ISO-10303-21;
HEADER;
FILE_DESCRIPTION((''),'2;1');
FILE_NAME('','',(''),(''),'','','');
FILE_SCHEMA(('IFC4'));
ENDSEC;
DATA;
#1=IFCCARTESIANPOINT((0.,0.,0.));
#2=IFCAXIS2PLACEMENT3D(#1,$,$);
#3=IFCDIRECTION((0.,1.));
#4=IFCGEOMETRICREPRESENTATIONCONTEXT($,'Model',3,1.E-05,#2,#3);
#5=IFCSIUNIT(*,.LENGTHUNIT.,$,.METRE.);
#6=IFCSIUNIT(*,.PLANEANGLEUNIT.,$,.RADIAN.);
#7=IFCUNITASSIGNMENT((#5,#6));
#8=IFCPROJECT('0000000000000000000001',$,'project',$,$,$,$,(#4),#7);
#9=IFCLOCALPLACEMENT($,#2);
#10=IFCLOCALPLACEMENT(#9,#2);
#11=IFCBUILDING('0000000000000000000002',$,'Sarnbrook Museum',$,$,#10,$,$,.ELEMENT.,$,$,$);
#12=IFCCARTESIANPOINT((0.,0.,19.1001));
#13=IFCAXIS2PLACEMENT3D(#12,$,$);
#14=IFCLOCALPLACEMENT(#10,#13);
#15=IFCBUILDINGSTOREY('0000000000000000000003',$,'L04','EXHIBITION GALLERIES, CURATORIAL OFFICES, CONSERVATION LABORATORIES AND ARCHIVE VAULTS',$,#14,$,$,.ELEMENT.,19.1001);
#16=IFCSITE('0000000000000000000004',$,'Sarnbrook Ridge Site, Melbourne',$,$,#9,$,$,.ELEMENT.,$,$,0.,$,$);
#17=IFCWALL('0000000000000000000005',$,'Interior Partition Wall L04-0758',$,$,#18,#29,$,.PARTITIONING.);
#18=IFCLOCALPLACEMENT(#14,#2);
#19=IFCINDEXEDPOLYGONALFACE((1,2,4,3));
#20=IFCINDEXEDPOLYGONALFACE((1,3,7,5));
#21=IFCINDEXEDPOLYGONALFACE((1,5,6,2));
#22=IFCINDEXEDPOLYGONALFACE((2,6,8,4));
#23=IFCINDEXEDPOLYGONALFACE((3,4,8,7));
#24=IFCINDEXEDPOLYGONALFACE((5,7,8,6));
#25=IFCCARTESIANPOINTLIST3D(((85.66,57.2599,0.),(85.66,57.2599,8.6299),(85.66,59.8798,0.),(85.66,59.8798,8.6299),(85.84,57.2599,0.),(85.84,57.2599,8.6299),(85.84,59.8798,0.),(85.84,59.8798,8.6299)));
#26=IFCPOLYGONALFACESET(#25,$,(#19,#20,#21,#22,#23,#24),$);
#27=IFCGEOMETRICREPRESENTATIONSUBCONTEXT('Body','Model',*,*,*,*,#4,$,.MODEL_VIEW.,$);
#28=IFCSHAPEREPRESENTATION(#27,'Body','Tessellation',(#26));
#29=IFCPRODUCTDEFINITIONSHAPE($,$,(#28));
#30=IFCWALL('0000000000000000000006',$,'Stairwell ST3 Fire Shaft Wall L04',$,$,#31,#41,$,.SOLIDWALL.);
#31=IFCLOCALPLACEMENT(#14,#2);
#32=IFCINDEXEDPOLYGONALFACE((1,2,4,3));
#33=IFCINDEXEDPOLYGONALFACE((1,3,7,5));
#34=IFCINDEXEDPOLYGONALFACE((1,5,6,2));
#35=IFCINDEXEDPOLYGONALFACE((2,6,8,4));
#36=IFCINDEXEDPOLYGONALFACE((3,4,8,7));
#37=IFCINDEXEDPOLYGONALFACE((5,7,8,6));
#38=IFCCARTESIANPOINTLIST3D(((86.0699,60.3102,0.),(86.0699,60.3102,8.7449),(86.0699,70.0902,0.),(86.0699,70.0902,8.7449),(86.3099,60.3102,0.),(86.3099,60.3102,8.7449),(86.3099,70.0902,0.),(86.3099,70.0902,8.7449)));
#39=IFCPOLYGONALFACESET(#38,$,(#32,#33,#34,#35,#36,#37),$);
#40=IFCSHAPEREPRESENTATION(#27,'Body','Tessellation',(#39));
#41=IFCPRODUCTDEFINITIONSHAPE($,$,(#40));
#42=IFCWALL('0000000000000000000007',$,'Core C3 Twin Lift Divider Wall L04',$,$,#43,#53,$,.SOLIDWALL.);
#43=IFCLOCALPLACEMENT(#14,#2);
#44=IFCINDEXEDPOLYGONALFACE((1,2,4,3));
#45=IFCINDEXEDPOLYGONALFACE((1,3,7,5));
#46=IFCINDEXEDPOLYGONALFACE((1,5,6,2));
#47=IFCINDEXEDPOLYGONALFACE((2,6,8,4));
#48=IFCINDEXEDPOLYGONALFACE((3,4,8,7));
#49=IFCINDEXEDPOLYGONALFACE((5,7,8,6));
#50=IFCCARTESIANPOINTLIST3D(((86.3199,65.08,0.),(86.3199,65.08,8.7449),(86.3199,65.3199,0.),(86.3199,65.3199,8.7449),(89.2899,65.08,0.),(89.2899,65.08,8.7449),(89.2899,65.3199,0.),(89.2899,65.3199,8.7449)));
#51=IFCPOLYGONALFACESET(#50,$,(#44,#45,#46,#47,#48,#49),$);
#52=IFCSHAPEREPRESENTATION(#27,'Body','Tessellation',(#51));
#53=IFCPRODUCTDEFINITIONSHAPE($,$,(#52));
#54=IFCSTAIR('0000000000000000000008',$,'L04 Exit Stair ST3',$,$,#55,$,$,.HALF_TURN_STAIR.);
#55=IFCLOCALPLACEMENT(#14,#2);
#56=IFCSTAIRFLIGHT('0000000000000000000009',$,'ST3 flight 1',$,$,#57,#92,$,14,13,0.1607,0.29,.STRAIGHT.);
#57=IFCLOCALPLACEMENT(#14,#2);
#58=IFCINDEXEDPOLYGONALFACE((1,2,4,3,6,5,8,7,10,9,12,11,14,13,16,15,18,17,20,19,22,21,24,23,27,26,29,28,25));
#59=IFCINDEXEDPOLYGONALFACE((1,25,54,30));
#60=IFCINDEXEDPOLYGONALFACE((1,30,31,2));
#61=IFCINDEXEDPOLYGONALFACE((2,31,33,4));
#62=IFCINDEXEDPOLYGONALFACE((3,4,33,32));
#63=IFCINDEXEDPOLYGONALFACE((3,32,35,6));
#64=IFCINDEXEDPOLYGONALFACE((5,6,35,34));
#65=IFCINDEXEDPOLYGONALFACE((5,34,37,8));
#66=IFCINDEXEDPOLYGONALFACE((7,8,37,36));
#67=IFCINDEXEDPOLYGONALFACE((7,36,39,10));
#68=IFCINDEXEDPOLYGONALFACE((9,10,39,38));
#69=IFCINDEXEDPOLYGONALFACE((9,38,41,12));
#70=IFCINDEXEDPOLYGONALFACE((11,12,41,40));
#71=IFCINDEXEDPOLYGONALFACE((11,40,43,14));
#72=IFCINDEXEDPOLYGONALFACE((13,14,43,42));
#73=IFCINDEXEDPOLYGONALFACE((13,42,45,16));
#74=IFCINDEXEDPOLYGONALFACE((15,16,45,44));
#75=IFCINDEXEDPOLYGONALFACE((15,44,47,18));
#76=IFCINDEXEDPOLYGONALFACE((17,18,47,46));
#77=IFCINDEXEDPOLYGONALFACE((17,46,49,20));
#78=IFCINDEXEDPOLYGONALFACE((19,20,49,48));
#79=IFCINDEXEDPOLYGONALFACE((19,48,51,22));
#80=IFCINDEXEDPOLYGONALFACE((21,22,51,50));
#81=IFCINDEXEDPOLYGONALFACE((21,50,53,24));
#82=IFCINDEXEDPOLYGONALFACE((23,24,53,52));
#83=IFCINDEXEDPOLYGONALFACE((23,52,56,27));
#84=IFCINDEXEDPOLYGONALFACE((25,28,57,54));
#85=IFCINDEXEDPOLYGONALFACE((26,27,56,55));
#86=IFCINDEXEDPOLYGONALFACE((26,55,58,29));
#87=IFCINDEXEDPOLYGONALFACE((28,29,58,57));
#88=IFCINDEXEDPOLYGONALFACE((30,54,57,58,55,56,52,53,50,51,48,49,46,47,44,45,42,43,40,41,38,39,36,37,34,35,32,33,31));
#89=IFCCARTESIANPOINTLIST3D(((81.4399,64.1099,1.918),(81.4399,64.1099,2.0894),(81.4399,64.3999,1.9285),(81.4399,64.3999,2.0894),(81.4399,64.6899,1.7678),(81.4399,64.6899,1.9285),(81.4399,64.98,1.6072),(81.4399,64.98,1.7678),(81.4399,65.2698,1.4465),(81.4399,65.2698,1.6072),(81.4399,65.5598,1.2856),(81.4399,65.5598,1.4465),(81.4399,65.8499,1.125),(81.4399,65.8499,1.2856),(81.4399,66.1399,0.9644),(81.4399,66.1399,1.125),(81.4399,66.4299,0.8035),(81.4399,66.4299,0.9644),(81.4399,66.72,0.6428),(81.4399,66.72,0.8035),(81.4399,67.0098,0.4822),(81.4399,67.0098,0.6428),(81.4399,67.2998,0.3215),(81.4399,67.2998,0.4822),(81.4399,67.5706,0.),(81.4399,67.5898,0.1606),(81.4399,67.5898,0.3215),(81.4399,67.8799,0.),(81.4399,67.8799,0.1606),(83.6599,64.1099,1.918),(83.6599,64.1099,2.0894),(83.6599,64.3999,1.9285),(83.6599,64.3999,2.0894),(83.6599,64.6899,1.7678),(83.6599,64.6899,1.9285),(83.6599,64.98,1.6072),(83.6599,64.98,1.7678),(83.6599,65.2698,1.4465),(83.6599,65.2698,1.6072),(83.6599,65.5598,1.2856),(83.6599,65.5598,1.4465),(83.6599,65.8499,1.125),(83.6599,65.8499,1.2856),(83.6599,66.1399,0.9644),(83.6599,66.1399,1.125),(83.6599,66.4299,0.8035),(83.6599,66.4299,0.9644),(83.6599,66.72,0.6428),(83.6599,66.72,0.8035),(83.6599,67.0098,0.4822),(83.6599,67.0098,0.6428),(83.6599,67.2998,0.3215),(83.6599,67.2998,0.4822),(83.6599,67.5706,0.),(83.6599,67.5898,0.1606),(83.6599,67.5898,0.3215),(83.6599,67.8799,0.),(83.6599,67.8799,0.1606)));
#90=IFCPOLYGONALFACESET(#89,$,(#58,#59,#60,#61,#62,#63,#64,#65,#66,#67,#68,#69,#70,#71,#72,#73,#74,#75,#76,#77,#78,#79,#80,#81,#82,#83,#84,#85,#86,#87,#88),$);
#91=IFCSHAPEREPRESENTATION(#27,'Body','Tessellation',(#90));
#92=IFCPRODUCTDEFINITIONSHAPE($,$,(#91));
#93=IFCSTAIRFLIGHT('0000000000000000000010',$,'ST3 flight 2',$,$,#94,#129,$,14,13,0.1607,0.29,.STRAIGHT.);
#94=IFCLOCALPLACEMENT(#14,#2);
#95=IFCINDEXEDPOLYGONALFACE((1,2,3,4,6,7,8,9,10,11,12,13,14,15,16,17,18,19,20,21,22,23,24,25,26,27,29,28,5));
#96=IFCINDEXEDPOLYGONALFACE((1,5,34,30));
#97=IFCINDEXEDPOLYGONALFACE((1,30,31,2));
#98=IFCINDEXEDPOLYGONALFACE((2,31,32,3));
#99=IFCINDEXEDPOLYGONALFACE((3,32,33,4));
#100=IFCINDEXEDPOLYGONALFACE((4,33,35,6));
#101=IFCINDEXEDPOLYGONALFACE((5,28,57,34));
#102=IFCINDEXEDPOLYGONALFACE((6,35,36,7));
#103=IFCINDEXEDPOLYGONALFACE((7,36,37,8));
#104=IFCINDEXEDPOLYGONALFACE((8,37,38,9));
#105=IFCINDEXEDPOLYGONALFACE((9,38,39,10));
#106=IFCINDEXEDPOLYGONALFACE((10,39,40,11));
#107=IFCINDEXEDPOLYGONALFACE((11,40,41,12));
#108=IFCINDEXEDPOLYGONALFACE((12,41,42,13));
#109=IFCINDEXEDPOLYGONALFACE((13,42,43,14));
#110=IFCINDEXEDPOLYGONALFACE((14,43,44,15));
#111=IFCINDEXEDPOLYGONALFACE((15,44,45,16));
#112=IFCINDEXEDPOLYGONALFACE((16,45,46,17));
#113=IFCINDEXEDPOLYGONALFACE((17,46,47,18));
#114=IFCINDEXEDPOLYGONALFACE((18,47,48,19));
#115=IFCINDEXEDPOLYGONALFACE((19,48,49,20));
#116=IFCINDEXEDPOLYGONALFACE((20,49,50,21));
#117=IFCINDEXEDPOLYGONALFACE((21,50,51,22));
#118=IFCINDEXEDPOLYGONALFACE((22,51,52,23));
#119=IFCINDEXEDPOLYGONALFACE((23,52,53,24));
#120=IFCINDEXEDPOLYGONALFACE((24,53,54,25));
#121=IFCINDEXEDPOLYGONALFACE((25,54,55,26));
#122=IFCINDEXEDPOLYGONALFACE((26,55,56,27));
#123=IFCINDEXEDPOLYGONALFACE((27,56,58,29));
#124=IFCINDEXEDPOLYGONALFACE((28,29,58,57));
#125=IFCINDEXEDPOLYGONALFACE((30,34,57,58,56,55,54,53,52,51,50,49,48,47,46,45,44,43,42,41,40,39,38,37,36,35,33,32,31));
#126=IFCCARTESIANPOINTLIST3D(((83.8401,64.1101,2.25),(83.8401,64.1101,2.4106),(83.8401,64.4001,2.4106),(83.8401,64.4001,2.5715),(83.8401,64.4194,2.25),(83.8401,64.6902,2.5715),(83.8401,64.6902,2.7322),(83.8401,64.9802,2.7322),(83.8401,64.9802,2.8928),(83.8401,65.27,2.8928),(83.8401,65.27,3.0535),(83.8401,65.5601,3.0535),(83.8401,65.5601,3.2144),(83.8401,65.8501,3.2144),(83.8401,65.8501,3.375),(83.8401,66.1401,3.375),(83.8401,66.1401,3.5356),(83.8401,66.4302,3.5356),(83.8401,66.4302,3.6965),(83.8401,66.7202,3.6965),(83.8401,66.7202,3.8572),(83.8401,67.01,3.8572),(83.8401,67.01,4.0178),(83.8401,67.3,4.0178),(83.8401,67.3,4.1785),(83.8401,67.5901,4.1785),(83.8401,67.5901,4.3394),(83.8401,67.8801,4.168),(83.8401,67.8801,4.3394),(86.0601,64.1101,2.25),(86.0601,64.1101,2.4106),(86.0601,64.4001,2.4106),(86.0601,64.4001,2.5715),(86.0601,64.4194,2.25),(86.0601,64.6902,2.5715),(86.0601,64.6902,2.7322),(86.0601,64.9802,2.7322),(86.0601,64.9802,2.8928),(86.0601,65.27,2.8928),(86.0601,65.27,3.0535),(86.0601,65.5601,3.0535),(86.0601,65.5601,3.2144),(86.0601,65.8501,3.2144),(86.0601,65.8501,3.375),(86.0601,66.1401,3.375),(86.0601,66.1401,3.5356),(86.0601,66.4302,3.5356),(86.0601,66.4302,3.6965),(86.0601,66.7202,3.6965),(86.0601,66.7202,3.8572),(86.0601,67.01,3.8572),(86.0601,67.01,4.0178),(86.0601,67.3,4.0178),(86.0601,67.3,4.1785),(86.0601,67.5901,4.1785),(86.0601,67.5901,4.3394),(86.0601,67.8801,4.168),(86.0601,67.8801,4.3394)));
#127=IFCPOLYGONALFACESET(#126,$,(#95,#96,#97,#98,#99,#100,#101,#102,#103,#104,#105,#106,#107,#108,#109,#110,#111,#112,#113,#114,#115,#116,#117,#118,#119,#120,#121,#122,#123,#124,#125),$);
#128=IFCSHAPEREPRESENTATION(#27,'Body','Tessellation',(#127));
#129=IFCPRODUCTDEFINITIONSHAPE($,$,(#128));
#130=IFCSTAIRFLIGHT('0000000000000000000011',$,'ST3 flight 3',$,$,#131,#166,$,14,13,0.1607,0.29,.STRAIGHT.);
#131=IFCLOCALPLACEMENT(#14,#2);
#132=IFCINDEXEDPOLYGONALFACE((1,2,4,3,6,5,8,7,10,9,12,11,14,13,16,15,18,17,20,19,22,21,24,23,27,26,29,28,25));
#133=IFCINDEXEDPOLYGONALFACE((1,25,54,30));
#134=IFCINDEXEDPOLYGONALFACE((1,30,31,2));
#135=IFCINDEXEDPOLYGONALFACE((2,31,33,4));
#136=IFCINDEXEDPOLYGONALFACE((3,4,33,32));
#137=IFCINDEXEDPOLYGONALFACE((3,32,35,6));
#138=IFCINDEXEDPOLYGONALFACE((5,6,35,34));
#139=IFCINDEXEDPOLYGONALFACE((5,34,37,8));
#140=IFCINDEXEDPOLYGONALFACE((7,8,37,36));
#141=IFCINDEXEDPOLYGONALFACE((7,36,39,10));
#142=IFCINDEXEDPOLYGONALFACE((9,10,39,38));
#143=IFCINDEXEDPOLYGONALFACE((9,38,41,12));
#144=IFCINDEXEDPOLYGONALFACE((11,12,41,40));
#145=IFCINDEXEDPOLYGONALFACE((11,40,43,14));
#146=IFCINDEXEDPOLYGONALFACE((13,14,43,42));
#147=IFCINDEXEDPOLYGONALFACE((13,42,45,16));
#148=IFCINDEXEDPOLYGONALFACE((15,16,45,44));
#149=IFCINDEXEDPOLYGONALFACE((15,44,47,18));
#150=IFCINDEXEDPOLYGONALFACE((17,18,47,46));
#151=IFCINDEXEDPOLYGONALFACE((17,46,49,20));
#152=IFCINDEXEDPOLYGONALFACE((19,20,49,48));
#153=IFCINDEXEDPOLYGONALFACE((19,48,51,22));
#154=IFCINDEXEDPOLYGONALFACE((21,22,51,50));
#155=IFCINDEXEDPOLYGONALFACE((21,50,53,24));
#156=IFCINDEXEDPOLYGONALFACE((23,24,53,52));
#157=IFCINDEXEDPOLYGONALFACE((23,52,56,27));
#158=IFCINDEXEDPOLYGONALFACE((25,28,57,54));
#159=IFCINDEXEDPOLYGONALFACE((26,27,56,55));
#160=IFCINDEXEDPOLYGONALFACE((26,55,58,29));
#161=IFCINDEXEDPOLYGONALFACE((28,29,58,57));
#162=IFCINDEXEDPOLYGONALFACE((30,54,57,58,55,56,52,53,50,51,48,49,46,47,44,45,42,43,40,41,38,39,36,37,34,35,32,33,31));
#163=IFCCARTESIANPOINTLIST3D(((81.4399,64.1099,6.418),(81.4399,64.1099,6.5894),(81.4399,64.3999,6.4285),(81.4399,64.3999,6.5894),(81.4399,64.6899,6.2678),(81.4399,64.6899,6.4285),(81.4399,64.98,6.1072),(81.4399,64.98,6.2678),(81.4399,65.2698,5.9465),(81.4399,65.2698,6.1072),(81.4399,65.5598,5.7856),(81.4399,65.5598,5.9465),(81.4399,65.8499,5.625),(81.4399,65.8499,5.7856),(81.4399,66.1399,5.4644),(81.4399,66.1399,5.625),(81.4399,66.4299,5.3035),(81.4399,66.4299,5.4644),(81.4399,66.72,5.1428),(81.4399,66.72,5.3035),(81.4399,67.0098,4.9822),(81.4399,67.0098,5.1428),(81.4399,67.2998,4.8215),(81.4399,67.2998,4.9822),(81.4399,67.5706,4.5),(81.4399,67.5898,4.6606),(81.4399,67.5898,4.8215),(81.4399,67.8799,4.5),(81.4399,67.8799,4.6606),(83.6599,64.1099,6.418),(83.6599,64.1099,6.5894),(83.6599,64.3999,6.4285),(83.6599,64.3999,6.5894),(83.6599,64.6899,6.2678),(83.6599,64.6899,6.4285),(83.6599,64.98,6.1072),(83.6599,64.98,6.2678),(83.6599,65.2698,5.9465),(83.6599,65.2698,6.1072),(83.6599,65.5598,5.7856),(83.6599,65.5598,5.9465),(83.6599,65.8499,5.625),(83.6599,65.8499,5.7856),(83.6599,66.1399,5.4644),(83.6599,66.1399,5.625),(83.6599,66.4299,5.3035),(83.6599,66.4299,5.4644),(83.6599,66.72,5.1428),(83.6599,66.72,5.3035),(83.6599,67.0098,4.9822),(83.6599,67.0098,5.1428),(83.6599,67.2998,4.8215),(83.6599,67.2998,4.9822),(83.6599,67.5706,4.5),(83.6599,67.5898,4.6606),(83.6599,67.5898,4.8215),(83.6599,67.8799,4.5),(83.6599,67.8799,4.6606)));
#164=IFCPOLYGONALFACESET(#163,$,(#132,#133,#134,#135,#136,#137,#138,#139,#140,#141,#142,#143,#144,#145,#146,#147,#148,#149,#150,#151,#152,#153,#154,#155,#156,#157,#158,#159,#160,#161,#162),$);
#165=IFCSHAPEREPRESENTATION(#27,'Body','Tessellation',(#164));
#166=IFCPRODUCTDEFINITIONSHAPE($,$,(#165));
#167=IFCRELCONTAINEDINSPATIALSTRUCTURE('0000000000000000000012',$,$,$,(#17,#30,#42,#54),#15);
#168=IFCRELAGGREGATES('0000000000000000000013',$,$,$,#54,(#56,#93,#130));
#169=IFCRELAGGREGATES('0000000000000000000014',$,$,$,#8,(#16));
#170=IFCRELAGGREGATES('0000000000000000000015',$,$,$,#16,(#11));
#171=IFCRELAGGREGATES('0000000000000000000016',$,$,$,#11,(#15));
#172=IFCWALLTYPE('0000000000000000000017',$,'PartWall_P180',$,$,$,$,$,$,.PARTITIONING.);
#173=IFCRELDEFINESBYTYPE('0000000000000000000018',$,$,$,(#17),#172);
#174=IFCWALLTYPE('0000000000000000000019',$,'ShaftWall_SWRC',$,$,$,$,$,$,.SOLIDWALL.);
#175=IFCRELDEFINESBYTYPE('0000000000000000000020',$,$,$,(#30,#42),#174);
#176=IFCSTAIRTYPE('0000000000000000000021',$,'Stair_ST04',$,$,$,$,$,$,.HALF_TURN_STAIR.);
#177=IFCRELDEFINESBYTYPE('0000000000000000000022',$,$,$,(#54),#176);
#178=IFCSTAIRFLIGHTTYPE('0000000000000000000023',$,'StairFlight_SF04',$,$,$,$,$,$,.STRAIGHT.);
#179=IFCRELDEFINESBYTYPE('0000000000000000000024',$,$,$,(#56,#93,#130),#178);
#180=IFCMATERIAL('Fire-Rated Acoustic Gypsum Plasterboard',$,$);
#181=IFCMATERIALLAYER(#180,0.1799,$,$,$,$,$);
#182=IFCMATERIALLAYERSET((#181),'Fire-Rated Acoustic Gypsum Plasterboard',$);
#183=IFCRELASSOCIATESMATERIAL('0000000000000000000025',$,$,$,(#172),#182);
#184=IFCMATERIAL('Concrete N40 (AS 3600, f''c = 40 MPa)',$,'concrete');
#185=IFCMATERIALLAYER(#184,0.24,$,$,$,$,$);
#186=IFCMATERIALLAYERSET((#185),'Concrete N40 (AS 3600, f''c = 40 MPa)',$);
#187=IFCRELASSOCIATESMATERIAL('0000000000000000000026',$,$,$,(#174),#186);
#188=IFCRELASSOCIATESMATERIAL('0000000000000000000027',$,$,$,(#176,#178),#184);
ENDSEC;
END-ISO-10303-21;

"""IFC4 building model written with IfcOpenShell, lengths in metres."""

from ifc_helpers import new_model, si_unit, direction, frame, frame_2d, origin, place, context, subcontext, project, spatial, polyline, rectangle, outline, extrude, material, layer, layer_set, type_object, element, aggregate, save


model = new_model("IFC4")

# Units and contexts
model_context = context("Model", 3, precision=1e-05, world=origin(), true_north=direction((0.0, 1.0)))
body_context = subcontext(model_context, "Body", "Model", "MODEL_VIEW")
ifc_project = project(units=[si_unit("LENGTHUNIT", "METRE"), si_unit("PLANEANGLEUNIT", "RADIAN")], contexts=[model_context])

# Site, building, storey
site_placement = place(None, origin())
site = spatial("IfcSite", under=ifc_project, at=site_placement, Name="Sarnbrook Ridge Site, Melbourne", CompositionType="ELEMENT", RefElevation=0.0)
building_placement = place(site_placement, origin())
building = spatial("IfcBuilding", under=site, at=building_placement, Name="Sarnbrook Museum", CompositionType="ELEMENT")
storey_placement = place(building_placement, frame((0.0, 0.0, 19.1001)))
storey = spatial("IfcBuildingStorey", under=building, at=storey_placement, Name="L04", Description="EXHIBITION GALLERIES, CURATORIAL OFFICES, CONSERVATION LABORATORIES AND ARCHIVE VAULTS", CompositionType="ELEMENT", Elevation=19.1001)

# Walls
ifc_material_1 = material(Name="Fire-Rated Acoustic Gypsum Plasterboard")
ifc_layer_1 = layer(ifc_material_1, 0.1799)
ifc_layer_set_1 = layer_set([ifc_layer_1], Name="Fire-Rated Acoustic Gypsum Plasterboard")
wall_type_1 = type_object("IfcWallType", Name="PartWall_P180", PredefinedType="PARTITIONING", material=ifc_layer_set_1)
wall_1_placement = place(storey_placement, frame((85.75, 59.8799, 0.0), z_axis=(0.0, 0.0, 1.0), x_axis=(0.0, -1.0, 0.0)))
element("IfcWall", 1, at=wall_1_placement, inside=storey, type_object=wall_type_1, Name="Interior Partition Wall L04-0758", PredefinedType="PARTITIONING", context=body_context, shape_type="SweptSolid", body=[
    extrude(rectangle(XDim=2.6199, YDim=0.1799, at=frame_2d((1.3101, 0.0))), origin(), (0.0, 0.0, 1.0), 8.6299),
])
ifc_material_2 = material(Name="Concrete N40 (AS 3600, f'c = 40 MPa)", Category="concrete")
ifc_layer_2 = layer(ifc_material_2, 0.24)
ifc_layer_set_2 = layer_set([ifc_layer_2], Name="Concrete N40 (AS 3600, f'c = 40 MPa)")
wall_type_2 = type_object("IfcWallType", Name="ShaftWall_SWRC", PredefinedType="SOLIDWALL", material=ifc_layer_set_2)
wall_2_placement = place(storey_placement, frame((86.1899, 60.3101, 0.0), z_axis=(0.0, 0.0, 1.0), x_axis=(0.0, 1.0, 0.0)))
element("IfcWall", 2, at=wall_2_placement, inside=storey, type_object=wall_type_2, Name="Stairwell ST3 Fire Shaft Wall L04", PredefinedType="SOLIDWALL", context=body_context, shape_type="SweptSolid", body=[
    extrude(rectangle(XDim=9.78, YDim=0.24, at=frame_2d((4.8901, 0.0))), origin(), (0.0, 0.0, 1.0), 8.7449),
])
wall_3_placement = place(storey_placement, frame((86.3201, 65.2, 0.0), z_axis=(0.0, 0.0, 1.0), x_axis=(1.0, 0.0, 0.0)))
element("IfcWall", 3, at=wall_3_placement, inside=storey, type_object=wall_type_2, Name="Core C3 Twin Lift Divider Wall L04", PredefinedType="SOLIDWALL", context=body_context, shape_type="SweptSolid", body=[
    extrude(rectangle(XDim=2.97, YDim=0.24, at=frame_2d((1.4849, 0.0))), origin(), (0.0, 0.0, 1.0), 8.7449),
])

# Stair, stair flights
stair_type = type_object("IfcStairType", Name="Stair_ST04", PredefinedType="HALF_TURN_STAIR", material=ifc_material_2)
stair_placement = place(storey_placement, origin())
stair = element("IfcStair", 4, at=stair_placement, inside=storey, type_object=stair_type, Name="L04 Exit Stair ST3", PredefinedType="HALF_TURN_STAIR")
stair_flight_type = type_object("IfcStairFlightType", Name="StairFlight_SF04", PredefinedType="STRAIGHT", material=ifc_material_2)
stair_flight_1_placement = place(storey_placement, frame((82.55, 67.8799, 0.0), z_axis=(0.0, 0.0, 1.0), x_axis=(0.0, -1.0, 0.0)))
stair_flight_1 = element("IfcStairFlight", 5, at=stair_flight_1_placement, type_object=stair_flight_type, Name="ST3 flight 1", NumberOfRisers=14, NumberOfTreads=13, PredefinedType="STRAIGHT", RiserHeight=0.1607, TreadLength=0.29, context=body_context, shape_type="SweptSolid", body=[
    extrude(outline(polyline([(0.0, 0.0), (0.0, 0.1606), (0.29, 0.1606), (0.29, 0.3215), (0.5801, 0.3215), (0.5801, 0.4822), (0.8701, 0.4822), (0.8701, 0.6428), (1.1599, 0.6428), (1.1599, 0.8035), (1.45, 0.8035), (1.45, 0.9644), (1.74, 0.9644), (1.74, 1.125), (2.03, 1.125), (2.03, 1.2856), (2.3201, 1.2856), (2.3201, 1.4465), (2.6101, 1.4465), (2.6101, 1.6072), (2.8999, 1.6072), (2.8999, 1.7678), (3.1899, 1.7678), (3.1899, 1.9285), (3.48, 1.9285), (3.48, 2.0894), (3.77, 2.0894), (3.77, 2.25), (3.77, 1.918), (0.3093, 0.0), (0.0, 0.0)])), frame((0.0, 1.1099, 0.0), z_axis=(0.0, -1.0, 0.0), x_axis=(1.0, 0.0, 0.0)), (0.0, 0.0, 1.0), 2.22),
])
stair_flight_2_placement = place(storey_placement, frame((84.95, 64.1101, 2.25), z_axis=(0.0, 0.0, 1.0), x_axis=(0.0, 1.0, 0.0)))
stair_flight_2 = element("IfcStairFlight", 6, at=stair_flight_2_placement, type_object=stair_flight_type, Name="ST3 flight 2", NumberOfRisers=14, NumberOfTreads=13, PredefinedType="STRAIGHT", RiserHeight=0.1607, TreadLength=0.29, context=body_context, shape_type="SweptSolid", body=[
    extrude(outline(polyline([(0.0, 0.0), (0.0, 0.1606), (0.29, 0.1606), (0.29, 0.3215), (0.5801, 0.3215), (0.5801, 0.4822), (0.8701, 0.4822), (0.8701, 0.6428), (1.1599, 0.6428), (1.1599, 0.8035), (1.45, 0.8035), (1.45, 0.9644), (1.74, 0.9644), (1.74, 1.125), (2.03, 1.125), (2.03, 1.2856), (2.3201, 1.2856), (2.3201, 1.4465), (2.6101, 1.4465), (2.6101, 1.6072), (2.8999, 1.6072), (2.8999, 1.7678), (3.1899, 1.7678), (3.1899, 1.9285), (3.48, 1.9285), (3.48, 2.0894), (3.77, 2.0894), (3.77, 2.25), (3.77, 1.918), (0.3093, 0.0), (0.0, 0.0)])), frame((0.0, 1.1099, 0.0), z_axis=(0.0, -1.0, 0.0), x_axis=(1.0, 0.0, 0.0)), (0.0, 0.0, 1.0), 2.22),
])
stair_flight_3_placement = place(storey_placement, frame((82.55, 67.8799, 4.5), z_axis=(0.0, 0.0, 1.0), x_axis=(0.0, -1.0, 0.0)))
stair_flight_3 = element("IfcStairFlight", 7, at=stair_flight_3_placement, type_object=stair_flight_type, Name="ST3 flight 3", NumberOfRisers=14, NumberOfTreads=13, PredefinedType="STRAIGHT", RiserHeight=0.1607, TreadLength=0.29, context=body_context, shape_type="SweptSolid", body=[
    extrude(outline(polyline([(0.0, 0.0), (0.0, 0.1606), (0.29, 0.1606), (0.29, 0.3215), (0.5801, 0.3215), (0.5801, 0.4822), (0.8701, 0.4822), (0.8701, 0.6428), (1.1599, 0.6428), (1.1599, 0.8035), (1.45, 0.8035), (1.45, 0.9644), (1.74, 0.9644), (1.74, 1.125), (2.03, 1.125), (2.03, 1.2856), (2.3201, 1.2856), (2.3201, 1.4465), (2.6101, 1.4465), (2.6101, 1.6072), (2.8999, 1.6072), (2.8999, 1.7678), (3.1899, 1.7678), (3.1899, 1.9285), (3.48, 1.9285), (3.48, 2.0894), (3.77, 2.0894), (3.77, 2.25), (3.77, 1.918), (0.3093, 0.0), (0.0, 0.0)])), frame((0.0, 1.1099, 0.0), z_axis=(0.0, -1.0, 0.0), x_axis=(1.0, 0.0, 0.0)), (0.0, 0.0, 1.0), 2.22),
])
aggregate(stair, [stair_flight_1, stair_flight_2, stair_flight_3])

save(model, "model.ifc")
